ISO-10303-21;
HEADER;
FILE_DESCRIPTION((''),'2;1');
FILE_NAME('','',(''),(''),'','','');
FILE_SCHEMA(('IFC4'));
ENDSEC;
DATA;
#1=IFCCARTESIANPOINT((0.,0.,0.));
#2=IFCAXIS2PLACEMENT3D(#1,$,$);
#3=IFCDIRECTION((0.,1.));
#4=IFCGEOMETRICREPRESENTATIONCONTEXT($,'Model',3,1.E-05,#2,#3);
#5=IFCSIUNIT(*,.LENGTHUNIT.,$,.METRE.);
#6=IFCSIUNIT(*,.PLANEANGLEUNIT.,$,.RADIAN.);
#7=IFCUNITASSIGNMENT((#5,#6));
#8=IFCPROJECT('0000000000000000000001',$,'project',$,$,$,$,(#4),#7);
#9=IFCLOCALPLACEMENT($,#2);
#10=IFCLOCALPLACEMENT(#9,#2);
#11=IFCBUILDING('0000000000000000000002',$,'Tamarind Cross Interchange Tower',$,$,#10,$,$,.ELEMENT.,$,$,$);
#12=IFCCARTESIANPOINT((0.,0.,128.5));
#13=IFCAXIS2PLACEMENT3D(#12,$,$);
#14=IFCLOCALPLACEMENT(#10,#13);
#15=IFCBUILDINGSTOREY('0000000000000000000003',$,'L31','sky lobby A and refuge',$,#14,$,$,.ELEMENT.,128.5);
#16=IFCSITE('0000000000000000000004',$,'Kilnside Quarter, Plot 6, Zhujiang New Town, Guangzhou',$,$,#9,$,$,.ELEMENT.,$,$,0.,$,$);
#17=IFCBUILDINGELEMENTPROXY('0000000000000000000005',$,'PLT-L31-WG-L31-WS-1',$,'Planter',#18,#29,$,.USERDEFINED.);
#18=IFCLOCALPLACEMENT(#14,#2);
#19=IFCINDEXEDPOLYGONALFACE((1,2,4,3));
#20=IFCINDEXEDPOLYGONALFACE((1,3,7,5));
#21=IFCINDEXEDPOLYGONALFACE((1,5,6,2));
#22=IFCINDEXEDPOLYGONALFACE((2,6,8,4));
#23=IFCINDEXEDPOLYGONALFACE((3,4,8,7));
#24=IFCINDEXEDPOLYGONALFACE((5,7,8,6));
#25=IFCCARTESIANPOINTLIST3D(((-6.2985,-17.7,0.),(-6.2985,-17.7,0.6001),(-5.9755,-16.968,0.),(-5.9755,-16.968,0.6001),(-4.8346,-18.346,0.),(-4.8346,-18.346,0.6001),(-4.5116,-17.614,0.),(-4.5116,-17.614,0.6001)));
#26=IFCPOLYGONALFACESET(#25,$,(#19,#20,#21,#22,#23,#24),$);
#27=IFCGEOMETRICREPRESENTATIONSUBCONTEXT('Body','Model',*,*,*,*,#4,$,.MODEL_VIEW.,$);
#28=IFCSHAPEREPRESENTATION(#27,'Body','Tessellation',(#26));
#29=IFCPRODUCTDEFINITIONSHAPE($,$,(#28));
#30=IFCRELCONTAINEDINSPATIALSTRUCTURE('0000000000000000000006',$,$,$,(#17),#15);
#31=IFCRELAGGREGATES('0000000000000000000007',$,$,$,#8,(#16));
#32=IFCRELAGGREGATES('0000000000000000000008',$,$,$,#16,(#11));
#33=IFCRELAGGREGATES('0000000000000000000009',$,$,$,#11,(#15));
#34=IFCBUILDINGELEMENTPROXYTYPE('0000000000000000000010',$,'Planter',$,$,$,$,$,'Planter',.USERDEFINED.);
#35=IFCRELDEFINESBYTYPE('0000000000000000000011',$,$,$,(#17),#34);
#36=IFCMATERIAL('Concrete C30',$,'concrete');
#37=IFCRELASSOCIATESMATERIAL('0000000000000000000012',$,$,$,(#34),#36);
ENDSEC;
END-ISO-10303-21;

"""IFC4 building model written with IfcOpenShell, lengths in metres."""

from ifc_helpers import new_model, si_unit, direction, frame, origin, origin_2d, place, context, subcontext, project, spatial, rectangle, extrude, material, type_object, element, save


model = new_model("IFC4")

# Units and contexts
model_context = context("Model", 3, precision=1e-05, world=origin(), true_north=direction((0.0, 1.0)))
body_context = subcontext(model_context, "Body", "Model", "MODEL_VIEW")
ifc_project = project(units=[si_unit("LENGTHUNIT", "METRE"), si_unit("PLANEANGLEUNIT", "RADIAN")], contexts=[model_context])

# Site, building, storey
site_placement = place(None, origin())
site = spatial("IfcSite", under=ifc_project, at=site_placement, Name="Kilnside Quarter, Plot 6, Zhujiang New Town, Guangzhou", CompositionType="ELEMENT", RefElevation=0.0)
building_placement = place(site_placement, origin())
building = spatial("IfcBuilding", under=site, at=building_placement, Name="Tamarind Cross Interchange Tower", CompositionType="ELEMENT")
storey_placement = place(building_placement, frame((0.0, 0.0, 128.5)))
storey = spatial("IfcBuildingStorey", under=building, at=storey_placement, Name="L31", Description="sky lobby A and refuge", CompositionType="ELEMENT", Elevation=128.5)

# Building element proxy
ifc_material_1 = material(Name="Concrete C30", Category="concrete")
building_element_proxy_type = type_object("IfcBuildingElementProxyType", Name="Planter", ElementType="Planter", PredefinedType="USERDEFINED", material=ifc_material_1)
proxy_1_placement = place(storey_placement, origin())
element("IfcBuildingElementProxy", 1, at=proxy_1_placement, inside=storey, type_object=building_element_proxy_type, Name="PLT-L31-WG-L31-WS-1", ObjectType="Planter", PredefinedType="USERDEFINED", context=body_context, shape_type="SweptSolid", body=[
    extrude(rectangle(XDim=1.6001, YDim=0.8, at=origin_2d()), frame((-5.405, -17.657, 0.0), z_axis=(0.0, 0.0, 1.0), x_axis=(0.914882, -0.403721, 0.0)), (0.0, 0.0, 1.0), 0.6001),
])

save(model, "model.ifc")
